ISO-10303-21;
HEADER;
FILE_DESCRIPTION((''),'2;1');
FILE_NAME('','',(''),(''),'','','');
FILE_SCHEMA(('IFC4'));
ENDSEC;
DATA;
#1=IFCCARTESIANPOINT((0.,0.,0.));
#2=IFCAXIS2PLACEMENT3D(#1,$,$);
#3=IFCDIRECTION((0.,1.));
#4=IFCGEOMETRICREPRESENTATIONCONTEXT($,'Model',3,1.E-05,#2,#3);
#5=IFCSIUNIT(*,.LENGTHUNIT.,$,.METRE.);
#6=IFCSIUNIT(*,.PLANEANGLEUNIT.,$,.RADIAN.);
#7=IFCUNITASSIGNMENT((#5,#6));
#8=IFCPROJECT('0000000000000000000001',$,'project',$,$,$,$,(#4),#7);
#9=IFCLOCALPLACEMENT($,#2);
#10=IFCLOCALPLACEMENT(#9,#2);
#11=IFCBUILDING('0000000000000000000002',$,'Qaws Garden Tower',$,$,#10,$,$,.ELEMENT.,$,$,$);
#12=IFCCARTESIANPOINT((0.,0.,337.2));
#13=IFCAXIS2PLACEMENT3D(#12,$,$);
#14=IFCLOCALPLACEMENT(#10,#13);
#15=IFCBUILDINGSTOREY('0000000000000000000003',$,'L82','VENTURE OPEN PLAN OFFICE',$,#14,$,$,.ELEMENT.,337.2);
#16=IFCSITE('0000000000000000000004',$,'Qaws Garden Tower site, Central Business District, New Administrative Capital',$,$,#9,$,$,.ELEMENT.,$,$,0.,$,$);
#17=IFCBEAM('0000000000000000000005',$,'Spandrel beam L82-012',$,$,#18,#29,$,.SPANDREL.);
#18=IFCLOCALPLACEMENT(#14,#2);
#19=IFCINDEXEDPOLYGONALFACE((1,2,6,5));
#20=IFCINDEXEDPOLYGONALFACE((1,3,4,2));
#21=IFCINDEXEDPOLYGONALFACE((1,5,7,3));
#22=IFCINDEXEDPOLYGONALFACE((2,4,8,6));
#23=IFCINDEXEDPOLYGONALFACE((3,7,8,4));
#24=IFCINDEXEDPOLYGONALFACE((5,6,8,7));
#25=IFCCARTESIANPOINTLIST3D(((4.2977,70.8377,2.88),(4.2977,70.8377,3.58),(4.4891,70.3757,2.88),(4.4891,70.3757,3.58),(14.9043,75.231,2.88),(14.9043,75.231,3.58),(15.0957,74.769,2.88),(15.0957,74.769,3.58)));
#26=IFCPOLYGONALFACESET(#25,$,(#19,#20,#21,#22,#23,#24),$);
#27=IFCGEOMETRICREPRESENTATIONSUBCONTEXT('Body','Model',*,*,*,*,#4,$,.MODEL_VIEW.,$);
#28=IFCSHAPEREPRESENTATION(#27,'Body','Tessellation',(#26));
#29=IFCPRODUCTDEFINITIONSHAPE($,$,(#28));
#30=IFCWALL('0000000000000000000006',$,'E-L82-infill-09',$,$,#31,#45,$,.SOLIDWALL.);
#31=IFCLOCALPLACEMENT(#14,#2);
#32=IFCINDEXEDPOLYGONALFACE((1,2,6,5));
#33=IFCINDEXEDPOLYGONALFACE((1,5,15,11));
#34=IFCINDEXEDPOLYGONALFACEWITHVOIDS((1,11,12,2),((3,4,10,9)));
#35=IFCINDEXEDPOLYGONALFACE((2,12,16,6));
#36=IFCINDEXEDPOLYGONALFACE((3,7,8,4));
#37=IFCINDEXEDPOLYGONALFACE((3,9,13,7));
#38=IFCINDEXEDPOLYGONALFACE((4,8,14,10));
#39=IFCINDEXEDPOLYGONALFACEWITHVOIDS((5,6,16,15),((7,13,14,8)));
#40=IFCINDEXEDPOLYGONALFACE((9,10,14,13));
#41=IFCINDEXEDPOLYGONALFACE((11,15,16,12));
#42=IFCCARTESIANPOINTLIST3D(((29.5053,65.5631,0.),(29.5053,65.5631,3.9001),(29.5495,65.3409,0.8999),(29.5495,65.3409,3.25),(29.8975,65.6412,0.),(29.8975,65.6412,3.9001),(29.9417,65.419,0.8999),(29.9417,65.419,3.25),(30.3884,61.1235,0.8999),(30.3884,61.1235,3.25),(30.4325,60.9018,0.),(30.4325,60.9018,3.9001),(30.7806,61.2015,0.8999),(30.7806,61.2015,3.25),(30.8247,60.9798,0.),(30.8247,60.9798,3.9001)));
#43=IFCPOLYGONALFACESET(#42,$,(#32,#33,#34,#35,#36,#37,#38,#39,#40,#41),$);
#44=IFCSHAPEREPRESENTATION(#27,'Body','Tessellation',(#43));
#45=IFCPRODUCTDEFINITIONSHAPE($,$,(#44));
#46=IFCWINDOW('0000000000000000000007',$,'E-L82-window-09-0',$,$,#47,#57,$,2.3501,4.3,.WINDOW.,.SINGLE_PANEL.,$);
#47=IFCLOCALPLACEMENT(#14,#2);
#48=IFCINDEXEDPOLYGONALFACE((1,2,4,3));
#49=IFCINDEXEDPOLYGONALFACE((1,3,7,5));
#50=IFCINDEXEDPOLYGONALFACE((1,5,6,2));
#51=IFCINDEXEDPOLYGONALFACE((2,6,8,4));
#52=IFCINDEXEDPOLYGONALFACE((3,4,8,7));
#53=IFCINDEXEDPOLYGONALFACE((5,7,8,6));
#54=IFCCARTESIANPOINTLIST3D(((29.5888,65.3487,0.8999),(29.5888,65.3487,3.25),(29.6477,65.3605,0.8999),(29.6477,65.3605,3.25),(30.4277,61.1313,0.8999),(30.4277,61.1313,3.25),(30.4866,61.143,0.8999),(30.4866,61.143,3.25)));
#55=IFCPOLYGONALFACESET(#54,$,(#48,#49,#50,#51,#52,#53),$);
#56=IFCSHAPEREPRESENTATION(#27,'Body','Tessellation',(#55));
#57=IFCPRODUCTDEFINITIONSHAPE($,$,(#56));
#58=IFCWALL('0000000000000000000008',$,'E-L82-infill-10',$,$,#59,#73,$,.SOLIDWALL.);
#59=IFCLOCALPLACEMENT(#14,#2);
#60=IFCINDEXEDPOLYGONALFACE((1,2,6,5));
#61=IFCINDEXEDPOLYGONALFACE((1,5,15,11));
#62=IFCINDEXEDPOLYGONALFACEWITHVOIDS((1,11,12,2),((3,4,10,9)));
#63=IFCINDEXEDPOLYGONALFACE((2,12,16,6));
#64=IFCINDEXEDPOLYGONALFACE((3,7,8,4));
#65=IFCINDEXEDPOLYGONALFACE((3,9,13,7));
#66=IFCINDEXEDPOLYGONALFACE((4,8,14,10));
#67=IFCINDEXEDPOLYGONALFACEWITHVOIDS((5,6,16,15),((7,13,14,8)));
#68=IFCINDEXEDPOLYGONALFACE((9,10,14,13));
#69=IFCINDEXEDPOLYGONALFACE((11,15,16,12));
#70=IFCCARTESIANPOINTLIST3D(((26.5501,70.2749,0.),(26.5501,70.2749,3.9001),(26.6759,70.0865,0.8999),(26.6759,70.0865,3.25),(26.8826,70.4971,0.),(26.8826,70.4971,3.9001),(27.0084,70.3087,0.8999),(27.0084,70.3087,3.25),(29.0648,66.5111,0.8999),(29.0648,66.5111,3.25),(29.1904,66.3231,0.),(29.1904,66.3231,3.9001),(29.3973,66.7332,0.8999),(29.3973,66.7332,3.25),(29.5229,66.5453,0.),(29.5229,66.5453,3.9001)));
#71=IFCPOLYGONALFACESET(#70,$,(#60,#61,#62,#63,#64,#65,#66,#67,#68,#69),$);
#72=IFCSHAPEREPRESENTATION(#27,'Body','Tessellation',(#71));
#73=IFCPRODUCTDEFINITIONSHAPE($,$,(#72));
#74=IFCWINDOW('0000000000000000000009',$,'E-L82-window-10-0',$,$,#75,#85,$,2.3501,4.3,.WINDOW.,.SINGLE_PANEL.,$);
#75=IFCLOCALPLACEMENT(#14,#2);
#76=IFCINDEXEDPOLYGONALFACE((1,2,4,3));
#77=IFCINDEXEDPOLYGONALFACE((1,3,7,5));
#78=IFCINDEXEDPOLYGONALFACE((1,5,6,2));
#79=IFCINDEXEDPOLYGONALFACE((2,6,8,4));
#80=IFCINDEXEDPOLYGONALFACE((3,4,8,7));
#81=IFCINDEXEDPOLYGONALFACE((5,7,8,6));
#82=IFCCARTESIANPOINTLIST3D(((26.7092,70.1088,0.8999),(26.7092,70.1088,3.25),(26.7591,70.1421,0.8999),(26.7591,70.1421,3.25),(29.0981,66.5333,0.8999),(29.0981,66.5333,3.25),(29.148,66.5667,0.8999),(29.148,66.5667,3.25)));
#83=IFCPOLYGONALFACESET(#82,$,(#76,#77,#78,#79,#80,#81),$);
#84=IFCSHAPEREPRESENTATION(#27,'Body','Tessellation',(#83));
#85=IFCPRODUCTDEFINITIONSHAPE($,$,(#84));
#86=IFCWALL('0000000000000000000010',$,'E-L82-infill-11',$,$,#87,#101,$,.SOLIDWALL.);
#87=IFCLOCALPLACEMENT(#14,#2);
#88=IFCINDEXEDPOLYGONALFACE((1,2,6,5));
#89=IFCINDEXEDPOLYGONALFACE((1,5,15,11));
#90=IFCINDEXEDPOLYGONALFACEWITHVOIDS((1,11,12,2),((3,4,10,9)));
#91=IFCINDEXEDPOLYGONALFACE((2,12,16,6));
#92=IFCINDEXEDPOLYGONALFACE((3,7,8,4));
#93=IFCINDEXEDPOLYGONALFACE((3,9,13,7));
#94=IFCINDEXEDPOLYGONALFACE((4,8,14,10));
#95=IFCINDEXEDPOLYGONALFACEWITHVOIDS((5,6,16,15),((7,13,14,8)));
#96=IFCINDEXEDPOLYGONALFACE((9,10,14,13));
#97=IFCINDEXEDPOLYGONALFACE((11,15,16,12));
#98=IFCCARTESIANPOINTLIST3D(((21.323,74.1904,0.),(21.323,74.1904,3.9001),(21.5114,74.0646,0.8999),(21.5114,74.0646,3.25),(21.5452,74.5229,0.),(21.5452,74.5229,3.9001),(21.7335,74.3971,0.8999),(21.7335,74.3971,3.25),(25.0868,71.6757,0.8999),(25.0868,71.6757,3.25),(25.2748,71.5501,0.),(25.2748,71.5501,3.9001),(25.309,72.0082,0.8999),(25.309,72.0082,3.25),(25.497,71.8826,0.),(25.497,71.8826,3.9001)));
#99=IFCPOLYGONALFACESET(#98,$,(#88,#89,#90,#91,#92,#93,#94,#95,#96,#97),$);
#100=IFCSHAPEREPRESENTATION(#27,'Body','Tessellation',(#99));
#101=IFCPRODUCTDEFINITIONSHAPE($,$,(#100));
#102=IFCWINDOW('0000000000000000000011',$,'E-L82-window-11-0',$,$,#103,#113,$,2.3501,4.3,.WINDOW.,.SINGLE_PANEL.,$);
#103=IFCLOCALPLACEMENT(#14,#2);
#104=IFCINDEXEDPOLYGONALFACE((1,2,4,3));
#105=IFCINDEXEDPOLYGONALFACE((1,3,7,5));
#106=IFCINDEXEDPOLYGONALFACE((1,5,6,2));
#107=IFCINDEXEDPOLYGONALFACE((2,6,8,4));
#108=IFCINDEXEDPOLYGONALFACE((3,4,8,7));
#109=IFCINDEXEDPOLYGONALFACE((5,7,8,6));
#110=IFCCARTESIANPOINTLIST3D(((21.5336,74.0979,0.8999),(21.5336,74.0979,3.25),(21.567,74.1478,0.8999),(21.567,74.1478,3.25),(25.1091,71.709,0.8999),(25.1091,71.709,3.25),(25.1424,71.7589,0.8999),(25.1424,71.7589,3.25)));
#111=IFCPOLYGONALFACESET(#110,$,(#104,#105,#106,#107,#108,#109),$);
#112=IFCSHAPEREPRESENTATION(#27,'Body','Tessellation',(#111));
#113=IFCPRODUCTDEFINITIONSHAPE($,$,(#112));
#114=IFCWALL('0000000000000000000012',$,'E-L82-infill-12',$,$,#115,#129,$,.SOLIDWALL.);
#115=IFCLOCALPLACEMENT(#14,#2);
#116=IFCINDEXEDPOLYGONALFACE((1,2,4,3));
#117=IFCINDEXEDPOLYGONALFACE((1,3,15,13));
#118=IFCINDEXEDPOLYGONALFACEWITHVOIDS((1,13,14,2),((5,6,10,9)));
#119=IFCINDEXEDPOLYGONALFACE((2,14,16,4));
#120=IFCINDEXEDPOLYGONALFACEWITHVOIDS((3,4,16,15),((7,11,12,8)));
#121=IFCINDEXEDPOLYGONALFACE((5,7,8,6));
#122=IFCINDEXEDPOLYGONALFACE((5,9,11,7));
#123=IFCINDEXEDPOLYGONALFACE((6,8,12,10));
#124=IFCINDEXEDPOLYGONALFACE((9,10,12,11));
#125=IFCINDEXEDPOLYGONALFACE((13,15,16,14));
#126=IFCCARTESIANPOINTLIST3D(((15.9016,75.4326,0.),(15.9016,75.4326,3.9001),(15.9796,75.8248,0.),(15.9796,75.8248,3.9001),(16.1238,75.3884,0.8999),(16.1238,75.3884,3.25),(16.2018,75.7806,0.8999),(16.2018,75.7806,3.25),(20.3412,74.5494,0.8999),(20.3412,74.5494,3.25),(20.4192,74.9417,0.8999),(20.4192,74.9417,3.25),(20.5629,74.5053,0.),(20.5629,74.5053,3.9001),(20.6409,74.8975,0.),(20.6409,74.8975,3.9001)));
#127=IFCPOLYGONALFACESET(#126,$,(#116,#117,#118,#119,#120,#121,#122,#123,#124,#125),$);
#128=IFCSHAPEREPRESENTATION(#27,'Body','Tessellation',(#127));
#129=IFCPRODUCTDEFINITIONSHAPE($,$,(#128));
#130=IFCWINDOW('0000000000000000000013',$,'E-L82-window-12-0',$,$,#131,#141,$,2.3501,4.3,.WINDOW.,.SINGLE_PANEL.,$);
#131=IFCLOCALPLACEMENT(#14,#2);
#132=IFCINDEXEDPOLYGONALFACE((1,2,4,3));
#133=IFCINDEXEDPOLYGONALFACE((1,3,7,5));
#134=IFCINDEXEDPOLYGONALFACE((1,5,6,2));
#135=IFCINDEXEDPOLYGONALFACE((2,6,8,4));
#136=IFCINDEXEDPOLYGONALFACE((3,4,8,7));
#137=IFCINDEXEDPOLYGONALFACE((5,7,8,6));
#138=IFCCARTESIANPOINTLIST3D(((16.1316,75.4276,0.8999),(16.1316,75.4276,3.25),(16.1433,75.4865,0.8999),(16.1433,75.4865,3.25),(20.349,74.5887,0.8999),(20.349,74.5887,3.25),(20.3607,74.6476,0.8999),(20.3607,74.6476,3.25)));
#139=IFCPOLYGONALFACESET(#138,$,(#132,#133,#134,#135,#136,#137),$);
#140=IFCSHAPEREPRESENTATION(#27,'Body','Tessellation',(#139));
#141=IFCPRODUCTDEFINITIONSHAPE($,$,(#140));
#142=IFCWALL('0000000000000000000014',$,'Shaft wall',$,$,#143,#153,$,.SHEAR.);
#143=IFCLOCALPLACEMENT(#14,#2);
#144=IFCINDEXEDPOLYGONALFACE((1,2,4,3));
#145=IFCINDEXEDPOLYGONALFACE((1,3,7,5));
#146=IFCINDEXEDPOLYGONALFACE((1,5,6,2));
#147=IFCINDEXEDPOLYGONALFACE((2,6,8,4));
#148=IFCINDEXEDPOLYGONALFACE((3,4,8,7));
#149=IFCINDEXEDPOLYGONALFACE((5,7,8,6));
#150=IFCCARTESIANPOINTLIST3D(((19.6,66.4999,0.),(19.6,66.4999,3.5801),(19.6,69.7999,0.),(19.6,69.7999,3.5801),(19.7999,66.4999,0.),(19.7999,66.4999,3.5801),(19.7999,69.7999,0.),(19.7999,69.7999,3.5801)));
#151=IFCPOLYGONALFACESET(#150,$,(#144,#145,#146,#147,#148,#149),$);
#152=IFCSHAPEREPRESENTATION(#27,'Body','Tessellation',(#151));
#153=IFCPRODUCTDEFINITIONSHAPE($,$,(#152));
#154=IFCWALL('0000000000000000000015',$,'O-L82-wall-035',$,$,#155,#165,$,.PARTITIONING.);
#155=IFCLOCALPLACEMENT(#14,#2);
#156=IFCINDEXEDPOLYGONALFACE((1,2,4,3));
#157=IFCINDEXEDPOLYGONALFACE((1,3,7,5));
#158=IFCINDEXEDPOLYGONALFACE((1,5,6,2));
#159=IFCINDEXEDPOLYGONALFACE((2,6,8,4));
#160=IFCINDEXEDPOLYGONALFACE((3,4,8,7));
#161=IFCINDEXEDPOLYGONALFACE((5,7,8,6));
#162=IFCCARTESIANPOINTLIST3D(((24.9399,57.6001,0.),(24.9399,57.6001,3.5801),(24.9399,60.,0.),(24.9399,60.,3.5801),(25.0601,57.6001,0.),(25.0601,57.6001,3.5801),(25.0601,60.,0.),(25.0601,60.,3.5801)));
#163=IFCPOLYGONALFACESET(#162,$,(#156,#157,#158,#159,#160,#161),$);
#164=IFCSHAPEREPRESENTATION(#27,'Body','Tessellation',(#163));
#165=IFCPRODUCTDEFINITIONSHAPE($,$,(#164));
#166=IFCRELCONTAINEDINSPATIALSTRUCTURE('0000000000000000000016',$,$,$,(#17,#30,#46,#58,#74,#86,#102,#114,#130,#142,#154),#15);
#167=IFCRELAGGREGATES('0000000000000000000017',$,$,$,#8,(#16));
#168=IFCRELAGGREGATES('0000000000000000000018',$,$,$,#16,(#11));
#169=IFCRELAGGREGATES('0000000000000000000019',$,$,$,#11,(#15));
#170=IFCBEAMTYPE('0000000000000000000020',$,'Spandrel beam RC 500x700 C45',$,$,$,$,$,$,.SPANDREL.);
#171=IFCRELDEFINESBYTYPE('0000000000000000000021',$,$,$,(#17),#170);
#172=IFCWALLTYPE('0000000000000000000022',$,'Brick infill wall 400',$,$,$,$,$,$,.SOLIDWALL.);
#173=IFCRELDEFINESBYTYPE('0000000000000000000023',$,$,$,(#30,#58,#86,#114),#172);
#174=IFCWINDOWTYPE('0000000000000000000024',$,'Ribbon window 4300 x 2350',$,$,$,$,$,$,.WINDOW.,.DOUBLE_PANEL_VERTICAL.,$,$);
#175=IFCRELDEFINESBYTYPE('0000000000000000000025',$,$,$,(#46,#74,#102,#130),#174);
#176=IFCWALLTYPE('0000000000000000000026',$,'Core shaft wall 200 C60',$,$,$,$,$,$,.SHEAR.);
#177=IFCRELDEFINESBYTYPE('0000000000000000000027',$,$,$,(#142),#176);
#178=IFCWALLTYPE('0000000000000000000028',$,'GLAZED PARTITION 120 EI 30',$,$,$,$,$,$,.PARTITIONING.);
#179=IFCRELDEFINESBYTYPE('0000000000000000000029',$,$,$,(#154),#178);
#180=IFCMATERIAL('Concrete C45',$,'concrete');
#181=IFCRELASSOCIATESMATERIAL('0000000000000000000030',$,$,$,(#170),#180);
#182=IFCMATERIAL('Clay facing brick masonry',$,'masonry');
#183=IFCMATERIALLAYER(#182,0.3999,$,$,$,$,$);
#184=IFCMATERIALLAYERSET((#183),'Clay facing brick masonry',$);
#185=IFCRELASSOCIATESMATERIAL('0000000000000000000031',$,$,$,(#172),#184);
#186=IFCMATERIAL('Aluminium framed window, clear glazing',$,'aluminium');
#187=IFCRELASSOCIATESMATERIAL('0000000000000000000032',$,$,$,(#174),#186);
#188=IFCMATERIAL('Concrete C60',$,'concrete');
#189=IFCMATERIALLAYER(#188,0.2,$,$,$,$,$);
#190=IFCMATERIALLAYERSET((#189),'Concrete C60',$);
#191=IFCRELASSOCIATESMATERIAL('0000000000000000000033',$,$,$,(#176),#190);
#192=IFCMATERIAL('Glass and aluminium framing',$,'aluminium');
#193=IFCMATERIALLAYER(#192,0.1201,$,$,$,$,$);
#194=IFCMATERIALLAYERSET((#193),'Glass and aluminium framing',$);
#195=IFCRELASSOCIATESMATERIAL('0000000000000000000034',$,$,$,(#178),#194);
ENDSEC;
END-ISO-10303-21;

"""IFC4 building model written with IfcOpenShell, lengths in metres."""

from ifc_helpers import new_model, si_unit, direction, frame, frame_2d, origin, origin_2d, place, context, subcontext, project, spatial, rectangle, extrude, material, layer, layer_set, material_profile, profile_set, type_object, element, fill, save


model = new_model("IFC4")

# Units and contexts
model_context = context("Model", 3, precision=1e-05, world=origin(), true_north=direction((0.0, 1.0)))
body_context = subcontext(model_context, "Body", "Model", "MODEL_VIEW")
ifc_project = project(units=[si_unit("LENGTHUNIT", "METRE"), si_unit("PLANEANGLEUNIT", "RADIAN")], contexts=[model_context])

# Site, building, storey
site_placement = place(None, origin())
site = spatial("IfcSite", under=ifc_project, at=site_placement, Name="Qaws Garden Tower site, Central Business District, New Administrative Capital", CompositionType="ELEMENT", RefElevation=0.0)
building_placement = place(site_placement, origin())
building = spatial("IfcBuilding", under=site, at=building_placement, Name="Qaws Garden Tower", CompositionType="ELEMENT")
storey_placement = place(building_placement, frame((0.0, 0.0, 337.2)))
storey = spatial("IfcBuildingStorey", under=building, at=storey_placement, Name="L82", Description="VENTURE OPEN PLAN OFFICE", CompositionType="ELEMENT", Elevation=337.2)

# Beam
ifc_material_1 = material(Name="Concrete C45", Category="concrete")
ifc_material_profile_1 = material_profile(ifc_material_1, rectangle(XDim=0.5, YDim=0.7, at=origin_2d()), Name="RC 500x700")
ifc_profile_set_1 = profile_set([ifc_material_profile_1], Name="Concrete C45")
beam_type = type_object("IfcBeamType", Name="Spandrel beam RC 500x700 C45", PredefinedType="SPANDREL", material=ifc_profile_set_1)
for number, where, z_axis, x_axis, name in (
    (1, (15.0, 75.0, 3.23), (-0.923883, -0.382674, 0.0), (0.382674, -0.923883, 0.0), "Spandrel beam L82-012"),
):
    element("IfcBeam", number, at=place(storey_placement, frame(where, z_axis=z_axis, x_axis=x_axis)), inside=storey, type_object=beam_type, Name=name, PredefinedType="SPANDREL", context=body_context, shape_type="SweptSolid", body=[
        extrude(rectangle(XDim=0.5, YDim=0.7, at=origin_2d()), origin(), (0.0, 0.0, 1.0), 11.4805),
    ])

# Walls, openings, windows
ifc_material_2 = material(Name="Clay facing brick masonry", Category="masonry")
ifc_layer_1 = layer(ifc_material_2, 0.3999)
ifc_layer_set_1 = layer_set([ifc_layer_1], Name="Clay facing brick masonry")
wall_type_1 = type_object("IfcWallType", Name="Brick infill wall 400", PredefinedType="SOLIDWALL", material=ifc_layer_set_1)
wall_1_placement = place(storey_placement, frame((30.6287, 60.9407, 0.0), z_axis=(0.0, 0.0, 1.0), x_axis=(-0.195099, 0.980784, 0.0)))
wall_1 = element("IfcWall", 2, at=wall_1_placement, inside=storey, type_object=wall_type_1, Name="E-L82-infill-09", PredefinedType="SOLIDWALL", context=body_context, shape_type="SweptSolid", body=[
    extrude(rectangle(XDim=4.7527, YDim=0.3999, at=frame_2d((2.3765, 0.0))), origin(), (0.0, 0.0, 1.0), 3.9001),
])
opening_1_placement = place(wall_1_placement, frame((0.2263, 0.0, 0.8999)))
opening_1 = element("IfcOpeningElement", 3, at=opening_1_placement, cuts=wall_1, PredefinedType="OPENING", context=body_context, shape_type="SweptSolid", body=[
    extrude(rectangle(XDim=4.3, YDim=2.3501, at=frame_2d((2.1499, 1.175))), frame((0.0, 0.21, 0.0), z_axis=(0.0, -1.0, 0.0), x_axis=(1.0, 0.0, 0.0)), (0.0, 0.0, 1.0), 0.4199),
])
ifc_material_3 = material(Name="Aluminium framed window, clear glazing", Category="aluminium")
window_type = type_object("IfcWindowType", Name="Ribbon window 4300 x 2350", PartitioningType="DOUBLE_PANEL_VERTICAL", PredefinedType="WINDOW", material=ifc_material_3)
window_1_placement = place(opening_1_placement, origin())
window_1 = element("IfcWindow", 4, at=window_1_placement, inside=storey, type_object=window_type, Name="E-L82-window-09-0", OverallHeight=2.3501, OverallWidth=4.3, PartitioningType="SINGLE_PANEL", PredefinedType="WINDOW", context=body_context, shape_type="SweptSolid", body=[
    extrude(rectangle(XDim=4.3, YDim=2.3501, at=frame_2d((2.1499, 1.175))), frame((0.0, 0.1599, 0.0), z_axis=(0.0, -1.0, 0.0), x_axis=(1.0, 0.0, 0.0)), (0.0, 0.0, 1.0), 0.0601),
])
fill(opening_1, window_1)
wall_2_placement = place(storey_placement, frame((29.3567, 66.4341, 0.0), z_axis=(0.0, 0.0, 1.0), x_axis=(-0.555542, 0.831489, 0.0)))
wall_2 = element("IfcWall", 5, at=wall_2_placement, inside=storey, type_object=wall_type_1, Name="E-L82-infill-10", PredefinedType="SOLIDWALL", context=body_context, shape_type="SweptSolid", body=[
    extrude(rectangle(XDim=4.7527, YDim=0.3999, at=frame_2d((2.3765, 0.0))), origin(), (0.0, 0.0, 1.0), 3.9001),
])
opening_2_placement = place(wall_2_placement, frame((0.2263, 0.0, 0.8999)))
opening_2 = element("IfcOpeningElement", 6, at=opening_2_placement, cuts=wall_2, PredefinedType="OPENING", context=body_context, shape_type="SweptSolid", body=[
    extrude(rectangle(XDim=4.3, YDim=2.3501, at=frame_2d((2.1499, 1.175))), frame((0.0, 0.21, 0.0), z_axis=(0.0, -1.0, 0.0), x_axis=(1.0, 0.0, 0.0)), (0.0, 0.0, 1.0), 0.4199),
])
window_2_placement = place(opening_2_placement, origin())
window_2 = element("IfcWindow", 7, at=window_2_placement, inside=storey, type_object=window_type, Name="E-L82-window-10-0", OverallHeight=2.3501, OverallWidth=4.3, PartitioningType="SINGLE_PANEL", PredefinedType="WINDOW", context=body_context, shape_type="SweptSolid", body=[
    extrude(rectangle(XDim=4.3, YDim=2.3501, at=frame_2d((2.1499, 1.175))), frame((0.0, 0.1599, 0.0), z_axis=(0.0, -1.0, 0.0), x_axis=(1.0, 0.0, 0.0)), (0.0, 0.0, 1.0), 0.0601),
])
fill(opening_2, window_2)
wall_3_placement = place(storey_placement, frame((25.386, 71.7163, 0.0), z_axis=(0.0, 0.0, 1.0), x_axis=(-0.831489, 0.555542, 0.0)))
wall_3 = element("IfcWall", 8, at=wall_3_placement, inside=storey, type_object=wall_type_1, Name="E-L82-infill-11", PredefinedType="SOLIDWALL", context=body_context, shape_type="SweptSolid", body=[
    extrude(rectangle(XDim=4.7527, YDim=0.3999, at=frame_2d((2.3765, 0.0))), origin(), (0.0, 0.0, 1.0), 3.9001),
])
opening_3_placement = place(wall_3_placement, frame((0.2263, 0.0, 0.8999)))
opening_3 = element("IfcOpeningElement", 9, at=opening_3_placement, cuts=wall_3, PredefinedType="OPENING", context=body_context, shape_type="SweptSolid", body=[
    extrude(rectangle(XDim=4.3, YDim=2.3501, at=frame_2d((2.1499, 1.175))), frame((0.0, 0.21, 0.0), z_axis=(0.0, -1.0, 0.0), x_axis=(1.0, 0.0, 0.0)), (0.0, 0.0, 1.0), 0.4199),
])
window_3_placement = place(opening_3_placement, origin())
window_3 = element("IfcWindow", 10, at=window_3_placement, inside=storey, type_object=window_type, Name="E-L82-window-11-0", OverallHeight=2.3501, OverallWidth=4.3, PartitioningType="SINGLE_PANEL", PredefinedType="WINDOW", context=body_context, shape_type="SweptSolid", body=[
    extrude(rectangle(XDim=4.3, YDim=2.3501, at=frame_2d((2.1499, 1.175))), frame((0.0, 0.1599, 0.0), z_axis=(0.0, -1.0, 0.0), x_axis=(1.0, 0.0, 0.0)), (0.0, 0.0, 1.0), 0.0601),
])
fill(opening_3, window_3)
wall_4_placement = place(storey_placement, frame((20.6021, 74.7014, 0.0), z_axis=(0.0, 0.0, 1.0), x_axis=(-0.980784, 0.195099, 0.0)))
wall_4 = element("IfcWall", 11, at=wall_4_placement, inside=storey, type_object=wall_type_1, Name="E-L82-infill-12", PredefinedType="SOLIDWALL", context=body_context, shape_type="SweptSolid", body=[
    extrude(rectangle(XDim=4.7527, YDim=0.3999, at=frame_2d((2.3765, 0.0))), origin(), (0.0, 0.0, 1.0), 3.9001),
])
opening_4_placement = place(wall_4_placement, frame((0.2263, 0.0, 0.8999)))
opening_4 = element("IfcOpeningElement", 12, at=opening_4_placement, cuts=wall_4, PredefinedType="OPENING", context=body_context, shape_type="SweptSolid", body=[
    extrude(rectangle(XDim=4.3, YDim=2.3501, at=frame_2d((2.1499, 1.175))), frame((0.0, 0.21, 0.0), z_axis=(0.0, -1.0, 0.0), x_axis=(1.0, 0.0, 0.0)), (0.0, 0.0, 1.0), 0.4199),
])
window_4_placement = place(opening_4_placement, origin())
window_4 = element("IfcWindow", 13, at=window_4_placement, inside=storey, type_object=window_type, Name="E-L82-window-12-0", OverallHeight=2.3501, OverallWidth=4.3, PartitioningType="SINGLE_PANEL", PredefinedType="WINDOW", context=body_context, shape_type="SweptSolid", body=[
    extrude(rectangle(XDim=4.3, YDim=2.3501, at=frame_2d((2.1499, 1.175))), frame((0.0, 0.1599, 0.0), z_axis=(0.0, -1.0, 0.0), x_axis=(1.0, 0.0, 0.0)), (0.0, 0.0, 1.0), 0.0601),
])
fill(opening_4, window_4)

# Walls
ifc_material_4 = material(Name="Concrete C60", Category="concrete")
ifc_layer_2 = layer(ifc_material_4, 0.2)
ifc_layer_set_2 = layer_set([ifc_layer_2], Name="Concrete C60")
wall_type_2 = type_object("IfcWallType", Name="Core shaft wall 200 C60", PredefinedType="SHEAR", material=ifc_layer_set_2)
wall_5_placement = place(storey_placement, frame((19.7, 66.5, 0.0), z_axis=(0.0, 0.0, 1.0), x_axis=(0.0, 1.0, 0.0)))
element("IfcWall", 14, at=wall_5_placement, inside=storey, type_object=wall_type_2, Name="Shaft wall", PredefinedType="SHEAR", context=body_context, shape_type="SweptSolid", body=[
    extrude(rectangle(XDim=3.3, YDim=0.2, at=frame_2d((1.6499, 0.0))), origin(), (0.0, 0.0, 1.0), 3.5801),
])
ifc_material_5 = material(Name="Glass and aluminium framing", Category="aluminium")
ifc_layer_3 = layer(ifc_material_5, 0.1201)
ifc_layer_set_3 = layer_set([ifc_layer_3], Name="Glass and aluminium framing")
wall_type_3 = type_object("IfcWallType", Name="GLAZED PARTITION 120 EI 30", PredefinedType="PARTITIONING", material=ifc_layer_set_3)
wall_6_placement = place(storey_placement, frame((25.0, 57.6001, 0.0), z_axis=(0.0, 0.0, 1.0), x_axis=(0.0, 1.0, 0.0)))
element("IfcWall", 15, at=wall_6_placement, inside=storey, type_object=wall_type_3, Name="O-L82-wall-035", PredefinedType="PARTITIONING", context=body_context, shape_type="SweptSolid", body=[
    extrude(rectangle(XDim=2.3999, YDim=0.1201, at=frame_2d((1.2, 0.0))), origin(), (0.0, 0.0, 1.0), 3.5801),
])

save(model, "model.ifc")
